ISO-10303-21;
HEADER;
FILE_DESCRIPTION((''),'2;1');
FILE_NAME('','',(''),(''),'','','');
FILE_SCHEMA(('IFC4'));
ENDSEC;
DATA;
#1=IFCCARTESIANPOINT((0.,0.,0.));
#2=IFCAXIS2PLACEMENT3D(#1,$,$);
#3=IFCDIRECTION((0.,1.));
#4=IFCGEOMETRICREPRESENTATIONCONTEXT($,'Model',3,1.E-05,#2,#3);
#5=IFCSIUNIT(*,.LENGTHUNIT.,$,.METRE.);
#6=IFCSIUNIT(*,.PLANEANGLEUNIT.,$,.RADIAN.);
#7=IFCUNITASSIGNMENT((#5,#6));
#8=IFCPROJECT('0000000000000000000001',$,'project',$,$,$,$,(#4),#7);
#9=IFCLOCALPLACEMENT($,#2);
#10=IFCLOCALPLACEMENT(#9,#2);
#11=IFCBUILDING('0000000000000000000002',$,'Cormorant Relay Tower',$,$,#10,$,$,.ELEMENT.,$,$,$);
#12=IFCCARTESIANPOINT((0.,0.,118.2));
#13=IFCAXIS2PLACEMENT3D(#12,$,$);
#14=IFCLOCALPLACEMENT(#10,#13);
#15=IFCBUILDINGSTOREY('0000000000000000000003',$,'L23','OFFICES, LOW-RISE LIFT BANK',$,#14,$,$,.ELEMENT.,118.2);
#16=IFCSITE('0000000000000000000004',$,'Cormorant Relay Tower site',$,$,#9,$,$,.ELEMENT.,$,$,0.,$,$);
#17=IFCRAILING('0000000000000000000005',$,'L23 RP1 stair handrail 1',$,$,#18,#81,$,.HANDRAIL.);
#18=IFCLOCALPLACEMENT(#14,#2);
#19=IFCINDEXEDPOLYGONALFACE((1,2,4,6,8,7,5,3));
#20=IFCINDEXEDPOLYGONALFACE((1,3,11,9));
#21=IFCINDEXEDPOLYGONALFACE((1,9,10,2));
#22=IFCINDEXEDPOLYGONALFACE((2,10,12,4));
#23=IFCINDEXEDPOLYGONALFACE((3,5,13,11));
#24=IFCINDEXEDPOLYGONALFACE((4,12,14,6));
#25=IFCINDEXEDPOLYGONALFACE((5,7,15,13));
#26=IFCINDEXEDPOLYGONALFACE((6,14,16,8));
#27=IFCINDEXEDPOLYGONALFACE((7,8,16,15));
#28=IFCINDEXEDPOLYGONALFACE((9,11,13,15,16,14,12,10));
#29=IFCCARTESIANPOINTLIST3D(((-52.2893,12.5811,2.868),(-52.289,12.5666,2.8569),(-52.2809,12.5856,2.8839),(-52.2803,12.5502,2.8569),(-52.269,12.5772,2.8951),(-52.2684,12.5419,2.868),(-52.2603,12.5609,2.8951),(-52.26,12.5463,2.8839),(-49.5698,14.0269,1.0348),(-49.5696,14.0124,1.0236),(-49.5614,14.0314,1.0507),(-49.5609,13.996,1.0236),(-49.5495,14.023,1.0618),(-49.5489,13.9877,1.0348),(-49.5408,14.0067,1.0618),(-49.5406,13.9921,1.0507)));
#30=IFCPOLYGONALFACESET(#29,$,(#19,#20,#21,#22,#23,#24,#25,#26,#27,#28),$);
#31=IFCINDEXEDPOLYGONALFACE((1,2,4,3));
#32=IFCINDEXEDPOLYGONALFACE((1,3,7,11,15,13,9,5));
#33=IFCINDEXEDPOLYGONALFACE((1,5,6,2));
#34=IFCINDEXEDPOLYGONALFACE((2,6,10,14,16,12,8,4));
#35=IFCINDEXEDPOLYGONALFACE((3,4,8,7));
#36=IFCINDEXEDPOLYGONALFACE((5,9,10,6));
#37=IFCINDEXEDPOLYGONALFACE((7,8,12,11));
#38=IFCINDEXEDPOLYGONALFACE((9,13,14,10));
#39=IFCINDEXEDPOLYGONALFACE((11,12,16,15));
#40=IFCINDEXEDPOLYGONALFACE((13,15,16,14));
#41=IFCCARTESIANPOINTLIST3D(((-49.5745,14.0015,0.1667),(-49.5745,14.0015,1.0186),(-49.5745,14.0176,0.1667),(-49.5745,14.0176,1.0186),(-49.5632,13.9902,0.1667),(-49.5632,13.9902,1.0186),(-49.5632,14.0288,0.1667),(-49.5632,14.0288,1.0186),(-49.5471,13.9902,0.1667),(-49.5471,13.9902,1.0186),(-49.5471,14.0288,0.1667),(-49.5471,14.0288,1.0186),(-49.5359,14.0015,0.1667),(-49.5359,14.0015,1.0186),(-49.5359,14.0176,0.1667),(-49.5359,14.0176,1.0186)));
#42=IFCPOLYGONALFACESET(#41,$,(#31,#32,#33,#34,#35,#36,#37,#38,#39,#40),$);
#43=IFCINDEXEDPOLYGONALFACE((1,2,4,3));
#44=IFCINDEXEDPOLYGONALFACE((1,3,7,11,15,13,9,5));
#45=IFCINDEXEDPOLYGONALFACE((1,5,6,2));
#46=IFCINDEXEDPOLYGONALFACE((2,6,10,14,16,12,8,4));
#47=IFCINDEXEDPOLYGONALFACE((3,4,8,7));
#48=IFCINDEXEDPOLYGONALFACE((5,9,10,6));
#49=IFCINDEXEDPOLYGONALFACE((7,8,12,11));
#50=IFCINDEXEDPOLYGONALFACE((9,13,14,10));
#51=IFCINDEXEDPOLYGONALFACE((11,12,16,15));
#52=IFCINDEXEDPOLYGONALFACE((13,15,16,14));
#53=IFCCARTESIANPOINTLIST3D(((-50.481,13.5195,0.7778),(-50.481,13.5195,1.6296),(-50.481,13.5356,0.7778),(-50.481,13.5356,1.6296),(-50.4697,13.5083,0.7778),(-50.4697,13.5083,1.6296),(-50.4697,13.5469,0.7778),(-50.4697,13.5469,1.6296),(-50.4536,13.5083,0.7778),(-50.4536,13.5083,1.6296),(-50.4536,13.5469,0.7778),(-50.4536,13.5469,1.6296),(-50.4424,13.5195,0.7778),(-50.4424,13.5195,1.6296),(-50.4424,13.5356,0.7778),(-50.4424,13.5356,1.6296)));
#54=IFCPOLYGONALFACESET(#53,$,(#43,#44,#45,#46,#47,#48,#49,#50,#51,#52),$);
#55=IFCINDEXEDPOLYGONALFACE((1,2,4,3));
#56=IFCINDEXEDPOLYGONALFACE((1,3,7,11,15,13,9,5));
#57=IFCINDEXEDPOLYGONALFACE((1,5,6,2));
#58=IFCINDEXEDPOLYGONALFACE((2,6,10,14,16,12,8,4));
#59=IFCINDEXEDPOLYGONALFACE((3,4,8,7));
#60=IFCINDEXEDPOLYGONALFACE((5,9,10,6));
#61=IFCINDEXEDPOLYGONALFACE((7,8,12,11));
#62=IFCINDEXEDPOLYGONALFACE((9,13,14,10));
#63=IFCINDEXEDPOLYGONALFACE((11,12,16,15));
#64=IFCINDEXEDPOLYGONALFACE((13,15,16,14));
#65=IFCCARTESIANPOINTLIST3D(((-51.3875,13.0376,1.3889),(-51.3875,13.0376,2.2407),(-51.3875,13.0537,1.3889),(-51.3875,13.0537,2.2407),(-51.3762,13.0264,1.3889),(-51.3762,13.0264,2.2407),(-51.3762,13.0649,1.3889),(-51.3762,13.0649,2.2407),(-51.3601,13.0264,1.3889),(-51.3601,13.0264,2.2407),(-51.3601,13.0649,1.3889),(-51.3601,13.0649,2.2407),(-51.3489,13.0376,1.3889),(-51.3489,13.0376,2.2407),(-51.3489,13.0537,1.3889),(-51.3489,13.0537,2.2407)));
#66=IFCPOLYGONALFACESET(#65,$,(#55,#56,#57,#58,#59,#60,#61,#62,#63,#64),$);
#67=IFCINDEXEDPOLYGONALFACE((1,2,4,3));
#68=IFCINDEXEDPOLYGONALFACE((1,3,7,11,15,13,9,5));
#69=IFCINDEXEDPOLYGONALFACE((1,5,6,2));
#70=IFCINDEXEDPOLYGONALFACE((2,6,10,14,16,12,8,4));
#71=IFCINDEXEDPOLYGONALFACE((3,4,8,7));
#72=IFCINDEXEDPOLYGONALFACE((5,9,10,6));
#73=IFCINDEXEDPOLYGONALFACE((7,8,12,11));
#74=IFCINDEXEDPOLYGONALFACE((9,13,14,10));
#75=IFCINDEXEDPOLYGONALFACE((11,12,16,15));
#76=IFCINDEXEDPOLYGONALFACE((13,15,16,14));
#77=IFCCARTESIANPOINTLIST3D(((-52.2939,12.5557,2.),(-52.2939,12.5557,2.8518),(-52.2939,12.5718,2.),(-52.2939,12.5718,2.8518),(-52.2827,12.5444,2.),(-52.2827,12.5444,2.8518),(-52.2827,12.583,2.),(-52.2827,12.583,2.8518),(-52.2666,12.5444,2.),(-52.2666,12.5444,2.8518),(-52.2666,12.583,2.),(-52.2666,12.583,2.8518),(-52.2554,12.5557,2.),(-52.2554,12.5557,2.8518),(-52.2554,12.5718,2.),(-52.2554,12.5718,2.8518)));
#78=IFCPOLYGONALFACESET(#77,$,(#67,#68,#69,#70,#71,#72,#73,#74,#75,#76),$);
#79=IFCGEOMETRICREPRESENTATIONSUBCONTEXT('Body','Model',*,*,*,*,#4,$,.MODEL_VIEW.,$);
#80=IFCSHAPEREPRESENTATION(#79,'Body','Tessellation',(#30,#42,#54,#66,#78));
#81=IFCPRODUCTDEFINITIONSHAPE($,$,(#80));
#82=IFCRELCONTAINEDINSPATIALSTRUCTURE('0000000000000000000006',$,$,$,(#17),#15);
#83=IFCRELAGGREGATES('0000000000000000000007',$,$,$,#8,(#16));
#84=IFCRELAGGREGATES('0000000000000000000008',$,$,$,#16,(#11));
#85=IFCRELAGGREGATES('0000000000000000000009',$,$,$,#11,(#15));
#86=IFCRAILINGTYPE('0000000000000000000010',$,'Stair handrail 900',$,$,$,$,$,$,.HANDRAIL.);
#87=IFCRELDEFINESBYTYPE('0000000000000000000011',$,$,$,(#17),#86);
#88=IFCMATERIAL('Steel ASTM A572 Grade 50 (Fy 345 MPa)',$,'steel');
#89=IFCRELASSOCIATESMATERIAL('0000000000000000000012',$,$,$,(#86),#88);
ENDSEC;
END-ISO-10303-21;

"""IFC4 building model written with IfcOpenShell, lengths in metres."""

from ifc_helpers import new_model, si_unit, direction, frame, origin, place, context, subcontext, project, spatial, polyline, outline, extrude, material, type_object, element, save


model = new_model("IFC4")

# Units and contexts
model_context = context("Model", 3, precision=1e-05, world=origin(), true_north=direction((0.0, 1.0)))
body_context = subcontext(model_context, "Body", "Model", "MODEL_VIEW")
ifc_project = project(units=[si_unit("LENGTHUNIT", "METRE"), si_unit("PLANEANGLEUNIT", "RADIAN")], contexts=[model_context])

# Site, building, storey
site_placement = place(None, origin())
site = spatial("IfcSite", under=ifc_project, at=site_placement, Name="Cormorant Relay Tower site", CompositionType="ELEMENT", RefElevation=0.0)
building_placement = place(site_placement, origin())
building = spatial("IfcBuilding", under=site, at=building_placement, Name="Cormorant Relay Tower", CompositionType="ELEMENT")
storey_placement = place(building_placement, frame((0.0, 0.0, 118.2)))
storey = spatial("IfcBuildingStorey", under=building, at=storey_placement, Name="L23", Description="OFFICES, LOW-RISE LIFT BANK", CompositionType="ELEMENT", Elevation=118.2)

# Railing
ifc_material_1 = material(Name="Steel ASTM A572 Grade 50 (Fy 345 MPa)", Category="steel")
railing_type = type_object("IfcRailingType", Name="Stair handrail 900", PredefinedType="HANDRAIL", material=ifc_material_1)
railing_placement = place(storey_placement, frame((-49.5552, 14.0095, 0.1667)))
element("IfcRailing", 1, at=railing_placement, inside=storey, type_object=railing_type, Name="L23 RP1 stair handrail 1", PredefinedType="HANDRAIL", context=body_context, shape_type="SweptSolid", body=[
    extrude(outline(polyline([(0.0222, 0.0093), (0.0093, 0.0222), (-0.0093, 0.0222), (-0.0222, 0.0093), (-0.0222, -0.0093), (-0.0093, -0.0222), (0.0093, -0.0222), (0.0222, -0.0093), (0.0222, 0.0093)])), frame((0.0, 0.0, 0.876), z_axis=(-0.758735, -0.403378, 0.511477), x_axis=(0.469428, -0.882971, 0.0)), (0.0, 0.0, 1.0), 3.5842),
    extrude(outline(polyline([(0.0193, 0.0081), (0.0081, 0.0193), (-0.0081, 0.0193), (-0.0193, 0.0081), (-0.0193, -0.0081), (-0.0081, -0.0193), (0.0081, -0.0193), (0.0193, -0.0081), (0.0193, 0.0081)])), origin(), (0.0, 0.0, 1.0), 0.8518),
    extrude(outline(polyline([(0.0193, 0.0081), (0.0081, 0.0193), (-0.0081, 0.0193), (-0.0193, 0.0081), (-0.0193, -0.0081), (-0.0081, -0.0193), (0.0081, -0.0193), (0.0193, -0.0081), (0.0193, 0.0081)])), frame((-0.9065, -0.4819, 0.6111)), (0.0, 0.0, 1.0), 0.8518),
    extrude(outline(polyline([(0.0193, 0.0081), (0.0081, 0.0193), (-0.0081, 0.0193), (-0.0193, 0.0081), (-0.0193, -0.0081), (-0.0081, -0.0193), (0.0081, -0.0193), (0.0193, -0.0081), (0.0193, 0.0081)])), frame((-1.813, -0.9639, 1.2222)), (0.0, 0.0, 1.0), 0.8518),
    extrude(outline(polyline([(0.0193, 0.0081), (0.0081, 0.0193), (-0.0081, 0.0193), (-0.0193, 0.0081), (-0.0193, -0.0081), (-0.0081, -0.0193), (0.0081, -0.0193), (0.0193, -0.0081), (0.0193, 0.0081)])), frame((-2.7195, -1.4458, 1.8333)), (0.0, 0.0, 1.0), 0.8518),
])

save(model, "model.ifc")
